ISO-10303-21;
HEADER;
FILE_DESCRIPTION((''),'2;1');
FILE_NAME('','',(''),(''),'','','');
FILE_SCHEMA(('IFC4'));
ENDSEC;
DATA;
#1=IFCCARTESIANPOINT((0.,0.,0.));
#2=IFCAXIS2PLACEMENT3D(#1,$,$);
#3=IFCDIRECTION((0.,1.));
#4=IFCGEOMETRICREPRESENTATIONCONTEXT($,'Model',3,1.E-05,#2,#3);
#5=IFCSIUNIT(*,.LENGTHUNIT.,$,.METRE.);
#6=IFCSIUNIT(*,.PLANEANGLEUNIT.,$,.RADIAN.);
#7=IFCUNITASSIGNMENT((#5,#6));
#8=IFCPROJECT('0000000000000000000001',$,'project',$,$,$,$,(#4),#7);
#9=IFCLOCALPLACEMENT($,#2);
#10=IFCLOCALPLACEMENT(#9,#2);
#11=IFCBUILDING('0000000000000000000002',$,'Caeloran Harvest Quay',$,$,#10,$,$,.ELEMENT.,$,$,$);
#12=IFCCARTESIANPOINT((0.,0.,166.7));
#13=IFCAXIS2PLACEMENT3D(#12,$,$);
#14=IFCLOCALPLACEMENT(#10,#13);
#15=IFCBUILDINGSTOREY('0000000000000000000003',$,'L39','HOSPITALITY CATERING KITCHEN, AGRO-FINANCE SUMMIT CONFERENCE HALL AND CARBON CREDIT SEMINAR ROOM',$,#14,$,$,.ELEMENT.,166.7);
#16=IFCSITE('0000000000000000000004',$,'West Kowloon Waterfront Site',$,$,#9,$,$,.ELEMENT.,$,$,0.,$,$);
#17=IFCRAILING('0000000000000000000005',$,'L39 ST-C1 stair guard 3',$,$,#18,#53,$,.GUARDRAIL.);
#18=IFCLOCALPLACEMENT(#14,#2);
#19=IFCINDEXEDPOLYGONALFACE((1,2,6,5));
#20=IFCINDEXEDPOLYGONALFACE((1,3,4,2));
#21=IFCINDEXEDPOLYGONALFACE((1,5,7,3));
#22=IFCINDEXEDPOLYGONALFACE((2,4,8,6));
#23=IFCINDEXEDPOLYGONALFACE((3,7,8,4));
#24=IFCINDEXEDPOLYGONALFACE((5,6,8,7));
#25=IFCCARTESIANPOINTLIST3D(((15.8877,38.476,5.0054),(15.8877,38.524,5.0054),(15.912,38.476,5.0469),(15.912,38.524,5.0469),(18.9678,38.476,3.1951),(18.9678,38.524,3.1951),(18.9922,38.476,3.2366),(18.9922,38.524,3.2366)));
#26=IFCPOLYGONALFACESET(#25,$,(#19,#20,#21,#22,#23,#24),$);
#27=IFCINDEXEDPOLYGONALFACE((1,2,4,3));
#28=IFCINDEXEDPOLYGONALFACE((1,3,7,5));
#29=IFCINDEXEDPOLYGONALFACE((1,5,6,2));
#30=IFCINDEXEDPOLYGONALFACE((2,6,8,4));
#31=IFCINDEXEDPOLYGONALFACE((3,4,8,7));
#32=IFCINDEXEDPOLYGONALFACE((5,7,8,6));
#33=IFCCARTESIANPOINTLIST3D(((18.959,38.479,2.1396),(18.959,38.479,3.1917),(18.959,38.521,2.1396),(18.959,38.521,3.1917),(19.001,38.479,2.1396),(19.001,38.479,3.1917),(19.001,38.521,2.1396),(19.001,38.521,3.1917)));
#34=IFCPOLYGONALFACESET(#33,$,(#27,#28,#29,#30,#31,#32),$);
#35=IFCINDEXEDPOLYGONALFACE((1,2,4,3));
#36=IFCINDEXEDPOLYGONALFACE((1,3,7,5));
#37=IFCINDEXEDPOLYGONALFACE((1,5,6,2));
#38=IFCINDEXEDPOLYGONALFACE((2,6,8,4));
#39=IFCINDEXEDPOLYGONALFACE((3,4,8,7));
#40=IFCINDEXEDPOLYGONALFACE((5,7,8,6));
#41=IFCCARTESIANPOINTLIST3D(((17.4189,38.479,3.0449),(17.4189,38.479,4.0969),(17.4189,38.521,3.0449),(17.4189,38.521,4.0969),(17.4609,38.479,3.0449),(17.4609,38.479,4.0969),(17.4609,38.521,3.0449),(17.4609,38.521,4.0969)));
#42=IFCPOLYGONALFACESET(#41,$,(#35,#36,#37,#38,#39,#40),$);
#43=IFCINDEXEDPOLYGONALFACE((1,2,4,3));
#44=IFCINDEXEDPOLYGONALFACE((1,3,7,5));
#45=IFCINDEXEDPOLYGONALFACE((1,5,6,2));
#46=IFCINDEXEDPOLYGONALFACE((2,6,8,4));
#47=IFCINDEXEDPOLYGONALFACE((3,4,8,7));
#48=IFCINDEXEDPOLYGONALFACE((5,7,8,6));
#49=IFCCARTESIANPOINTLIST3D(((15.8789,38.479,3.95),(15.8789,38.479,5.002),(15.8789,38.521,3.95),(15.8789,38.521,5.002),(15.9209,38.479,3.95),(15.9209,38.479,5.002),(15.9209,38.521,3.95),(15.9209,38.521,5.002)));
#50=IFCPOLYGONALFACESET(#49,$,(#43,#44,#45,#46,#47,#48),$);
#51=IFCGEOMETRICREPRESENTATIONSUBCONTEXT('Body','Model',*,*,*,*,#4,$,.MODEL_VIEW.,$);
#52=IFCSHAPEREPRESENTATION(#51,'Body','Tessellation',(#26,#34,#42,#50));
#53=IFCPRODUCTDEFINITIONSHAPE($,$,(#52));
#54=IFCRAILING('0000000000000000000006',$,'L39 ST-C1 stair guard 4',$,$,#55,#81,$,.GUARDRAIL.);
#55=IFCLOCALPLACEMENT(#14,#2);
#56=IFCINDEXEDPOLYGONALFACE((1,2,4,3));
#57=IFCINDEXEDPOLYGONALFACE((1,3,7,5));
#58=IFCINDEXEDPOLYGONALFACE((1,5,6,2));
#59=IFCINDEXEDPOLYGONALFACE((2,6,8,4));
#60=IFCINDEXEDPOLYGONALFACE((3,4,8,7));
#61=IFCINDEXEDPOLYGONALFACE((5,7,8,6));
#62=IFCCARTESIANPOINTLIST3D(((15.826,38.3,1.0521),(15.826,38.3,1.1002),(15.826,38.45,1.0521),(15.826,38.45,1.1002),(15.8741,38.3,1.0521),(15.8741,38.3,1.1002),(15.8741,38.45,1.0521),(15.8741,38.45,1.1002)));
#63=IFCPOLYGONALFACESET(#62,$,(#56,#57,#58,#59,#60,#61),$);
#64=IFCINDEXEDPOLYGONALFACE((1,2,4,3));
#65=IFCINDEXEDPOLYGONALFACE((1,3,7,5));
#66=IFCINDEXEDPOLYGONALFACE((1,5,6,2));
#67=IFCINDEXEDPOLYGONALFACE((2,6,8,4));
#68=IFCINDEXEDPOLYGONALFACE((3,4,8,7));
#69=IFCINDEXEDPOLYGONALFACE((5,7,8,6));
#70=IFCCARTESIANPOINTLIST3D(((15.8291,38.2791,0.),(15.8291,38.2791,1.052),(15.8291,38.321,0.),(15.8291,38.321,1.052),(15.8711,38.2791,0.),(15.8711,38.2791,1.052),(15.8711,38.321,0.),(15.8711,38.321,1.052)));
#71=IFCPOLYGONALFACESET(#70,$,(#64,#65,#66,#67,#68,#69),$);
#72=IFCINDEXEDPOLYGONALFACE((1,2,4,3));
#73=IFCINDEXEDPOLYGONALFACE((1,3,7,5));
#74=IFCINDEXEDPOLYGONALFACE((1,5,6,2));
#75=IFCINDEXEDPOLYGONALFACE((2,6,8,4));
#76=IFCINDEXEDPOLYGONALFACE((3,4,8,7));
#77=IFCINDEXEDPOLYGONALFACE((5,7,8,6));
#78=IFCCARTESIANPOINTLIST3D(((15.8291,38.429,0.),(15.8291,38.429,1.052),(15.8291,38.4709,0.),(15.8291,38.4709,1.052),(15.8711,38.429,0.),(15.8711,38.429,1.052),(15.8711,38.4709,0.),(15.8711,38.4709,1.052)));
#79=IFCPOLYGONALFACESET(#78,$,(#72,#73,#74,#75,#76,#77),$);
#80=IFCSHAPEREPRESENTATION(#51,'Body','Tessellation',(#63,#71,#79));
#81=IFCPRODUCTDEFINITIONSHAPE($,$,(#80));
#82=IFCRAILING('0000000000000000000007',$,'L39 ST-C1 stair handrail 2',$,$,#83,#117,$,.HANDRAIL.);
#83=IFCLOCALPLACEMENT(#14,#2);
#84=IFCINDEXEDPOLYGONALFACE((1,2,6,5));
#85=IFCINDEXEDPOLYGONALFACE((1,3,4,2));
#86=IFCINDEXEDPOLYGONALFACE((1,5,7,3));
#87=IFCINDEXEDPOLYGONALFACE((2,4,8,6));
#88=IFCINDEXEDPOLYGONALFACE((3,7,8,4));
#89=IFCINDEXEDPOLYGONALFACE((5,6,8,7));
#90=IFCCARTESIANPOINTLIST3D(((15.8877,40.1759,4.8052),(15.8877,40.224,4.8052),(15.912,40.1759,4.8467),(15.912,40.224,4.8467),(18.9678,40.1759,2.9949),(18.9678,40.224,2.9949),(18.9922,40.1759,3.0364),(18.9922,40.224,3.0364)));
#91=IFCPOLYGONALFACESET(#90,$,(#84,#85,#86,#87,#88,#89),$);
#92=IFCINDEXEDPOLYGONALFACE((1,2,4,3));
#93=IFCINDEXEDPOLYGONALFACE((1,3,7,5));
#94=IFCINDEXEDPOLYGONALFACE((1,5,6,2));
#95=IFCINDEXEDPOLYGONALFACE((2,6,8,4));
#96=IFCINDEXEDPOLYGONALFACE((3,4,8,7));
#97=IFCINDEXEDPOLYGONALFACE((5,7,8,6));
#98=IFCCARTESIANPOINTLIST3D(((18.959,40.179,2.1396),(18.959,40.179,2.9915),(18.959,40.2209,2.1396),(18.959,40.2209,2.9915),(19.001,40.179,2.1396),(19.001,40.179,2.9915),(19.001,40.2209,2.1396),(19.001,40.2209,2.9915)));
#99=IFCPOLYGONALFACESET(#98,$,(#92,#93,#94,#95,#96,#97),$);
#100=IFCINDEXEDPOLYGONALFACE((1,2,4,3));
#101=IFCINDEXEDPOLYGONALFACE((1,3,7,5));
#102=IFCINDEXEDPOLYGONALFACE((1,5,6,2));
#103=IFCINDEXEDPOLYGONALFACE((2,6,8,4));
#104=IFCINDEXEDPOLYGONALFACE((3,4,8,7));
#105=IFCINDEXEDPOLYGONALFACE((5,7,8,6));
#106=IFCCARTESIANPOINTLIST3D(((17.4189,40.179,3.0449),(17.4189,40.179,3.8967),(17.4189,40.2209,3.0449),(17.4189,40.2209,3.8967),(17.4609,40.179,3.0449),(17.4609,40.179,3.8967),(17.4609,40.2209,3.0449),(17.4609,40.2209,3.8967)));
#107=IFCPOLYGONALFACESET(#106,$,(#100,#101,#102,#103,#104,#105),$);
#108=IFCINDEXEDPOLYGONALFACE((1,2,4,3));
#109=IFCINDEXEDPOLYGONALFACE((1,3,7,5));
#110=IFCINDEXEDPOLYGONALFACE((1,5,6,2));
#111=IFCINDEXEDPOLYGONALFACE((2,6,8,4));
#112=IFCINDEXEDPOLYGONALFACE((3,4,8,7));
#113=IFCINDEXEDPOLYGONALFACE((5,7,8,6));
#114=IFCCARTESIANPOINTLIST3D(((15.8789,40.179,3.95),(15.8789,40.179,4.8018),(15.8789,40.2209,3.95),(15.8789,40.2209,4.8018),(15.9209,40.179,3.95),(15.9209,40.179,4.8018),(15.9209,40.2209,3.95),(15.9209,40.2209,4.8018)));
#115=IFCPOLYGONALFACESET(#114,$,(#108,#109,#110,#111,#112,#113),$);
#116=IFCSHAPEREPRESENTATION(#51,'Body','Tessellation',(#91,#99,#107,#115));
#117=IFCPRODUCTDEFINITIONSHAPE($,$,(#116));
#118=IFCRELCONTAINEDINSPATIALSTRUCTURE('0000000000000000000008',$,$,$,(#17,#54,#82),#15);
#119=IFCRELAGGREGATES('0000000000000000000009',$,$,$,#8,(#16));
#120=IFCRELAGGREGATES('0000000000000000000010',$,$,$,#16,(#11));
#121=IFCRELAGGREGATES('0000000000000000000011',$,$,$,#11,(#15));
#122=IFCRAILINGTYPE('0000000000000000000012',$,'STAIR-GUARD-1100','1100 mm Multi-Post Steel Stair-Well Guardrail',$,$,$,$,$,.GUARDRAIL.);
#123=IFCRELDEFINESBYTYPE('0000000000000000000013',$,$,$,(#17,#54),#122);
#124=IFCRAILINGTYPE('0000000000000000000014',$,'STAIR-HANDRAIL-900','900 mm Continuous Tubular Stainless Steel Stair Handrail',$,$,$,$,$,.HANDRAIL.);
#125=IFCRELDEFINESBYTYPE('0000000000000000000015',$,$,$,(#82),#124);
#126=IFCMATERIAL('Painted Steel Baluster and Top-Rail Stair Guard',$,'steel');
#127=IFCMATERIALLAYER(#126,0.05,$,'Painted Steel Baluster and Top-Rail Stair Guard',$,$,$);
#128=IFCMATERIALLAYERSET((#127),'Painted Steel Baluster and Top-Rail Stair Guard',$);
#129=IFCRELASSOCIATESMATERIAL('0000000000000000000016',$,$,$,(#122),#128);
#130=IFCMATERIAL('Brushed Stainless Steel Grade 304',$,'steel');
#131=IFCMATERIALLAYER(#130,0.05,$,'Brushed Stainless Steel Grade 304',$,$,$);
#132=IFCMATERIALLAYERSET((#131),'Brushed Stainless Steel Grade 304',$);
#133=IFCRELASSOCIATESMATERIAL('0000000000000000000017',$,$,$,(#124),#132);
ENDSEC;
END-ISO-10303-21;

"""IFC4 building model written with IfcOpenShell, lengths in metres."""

from ifc_helpers import new_model, si_unit, direction, frame, origin, origin_2d, place, context, subcontext, project, spatial, rectangle, extrude, material, layer, layer_set, type_object, element, save


model = new_model("IFC4")

# Units and contexts
model_context = context("Model", 3, precision=1e-05, world=origin(), true_north=direction((0.0, 1.0)))
body_context = subcontext(model_context, "Body", "Model", "MODEL_VIEW")
ifc_project = project(units=[si_unit("LENGTHUNIT", "METRE"), si_unit("PLANEANGLEUNIT", "RADIAN")], contexts=[model_context])

# Site, building, storey
site_placement = place(None, origin())
site = spatial("IfcSite", under=ifc_project, at=site_placement, Name="West Kowloon Waterfront Site", CompositionType="ELEMENT", RefElevation=0.0)
building_placement = place(site_placement, origin())
building = spatial("IfcBuilding", under=site, at=building_placement, Name="Caeloran Harvest Quay", CompositionType="ELEMENT")
storey_placement = place(building_placement, frame((0.0, 0.0, 166.7)))
storey = spatial("IfcBuildingStorey", under=building, at=storey_placement, Name="L39", Description="HOSPITALITY CATERING KITCHEN, AGRO-FINANCE SUMMIT CONFERENCE HALL AND CARBON CREDIT SEMINAR ROOM", CompositionType="ELEMENT", Elevation=166.7)

# Railings
ifc_material_1 = material(Name="Painted Steel Baluster and Top-Rail Stair Guard", Category="steel")
ifc_layer_1 = layer(ifc_material_1, 0.05, Name="Painted Steel Baluster and Top-Rail Stair Guard")
ifc_layer_set_1 = layer_set([ifc_layer_1], Name="Painted Steel Baluster and Top-Rail Stair Guard")
railing_type_1 = type_object("IfcRailingType", Name="STAIR-GUARD-1100", Description="1100 mm Multi-Post Steel Stair-Well Guardrail", PredefinedType="GUARDRAIL", material=ifc_layer_set_1)
railing_1_placement = place(storey_placement, frame((18.98, 38.5, 2.1396)))
element("IfcRailing", 1, at=railing_1_placement, inside=storey, type_object=railing_type_1, Name="L39 ST-C1 stair guard 3", PredefinedType="GUARDRAIL", context=body_context, shape_type="SweptSolid", body=[
    extrude(rectangle(XDim=0.0481, YDim=0.0481, at=origin_2d()), frame((0.0, 0.0, 1.0762), z_axis=(-0.862119, 0.0, 0.506707), x_axis=(0.0, -1.0, 0.0)), (0.0, 0.0, 1.0), 3.5728),
    extrude(rectangle(XDim=0.042, YDim=0.042, at=origin_2d()), origin(), (0.0, 0.0, 1.0), 1.052),
    extrude(rectangle(XDim=0.042, YDim=0.042, at=origin_2d()), frame((-1.54, 0.0, 0.9053)), (0.0, 0.0, 1.0), 1.052),
    extrude(rectangle(XDim=0.042, YDim=0.042, at=origin_2d()), frame((-3.0801, 0.0, 1.8103)), (0.0, 0.0, 1.0), 1.052),
])
railing_2_placement = place(storey_placement, frame((15.8501, 38.3, 0.0)))
element("IfcRailing", 2, at=railing_2_placement, inside=storey, type_object=railing_type_1, Name="L39 ST-C1 stair guard 4", PredefinedType="GUARDRAIL", context=body_context, shape_type="SweptSolid", body=[
    extrude(rectangle(XDim=0.0481, YDim=0.0481, at=origin_2d()), frame((0.0, 0.0, 1.0762), z_axis=(0.0, 1.0, 0.0), x_axis=(-1.0, 0.0, 0.0)), (0.0, 0.0, 1.0), 0.1499),
    extrude(rectangle(XDim=0.042, YDim=0.042, at=origin_2d()), origin(), (0.0, 0.0, 1.0), 1.052),
    extrude(rectangle(XDim=0.042, YDim=0.042, at=origin_2d()), frame((0.0, 0.1499, 0.0)), (0.0, 0.0, 1.0), 1.052),
])
ifc_material_2 = material(Name="Brushed Stainless Steel Grade 304", Category="steel")
ifc_layer_2 = layer(ifc_material_2, 0.05, Name="Brushed Stainless Steel Grade 304")
ifc_layer_set_2 = layer_set([ifc_layer_2], Name="Brushed Stainless Steel Grade 304")
railing_type_2 = type_object("IfcRailingType", Name="STAIR-HANDRAIL-900", Description="900 mm Continuous Tubular Stainless Steel Stair Handrail", PredefinedType="HANDRAIL", material=ifc_layer_set_2)
railing_3_placement = place(storey_placement, frame((18.98, 40.2, 2.1396)))
element("IfcRailing", 3, at=railing_3_placement, inside=storey, type_object=railing_type_2, Name="L39 ST-C1 stair handrail 2", PredefinedType="HANDRAIL", context=body_context, shape_type="SweptSolid", body=[
    extrude(rectangle(XDim=0.0481, YDim=0.0481, at=origin_2d()), frame((0.0, 0.0, 0.876), z_axis=(-0.862119, 0.0, 0.506707), x_axis=(0.0, -1.0, 0.0)), (0.0, 0.0, 1.0), 3.5728),
    extrude(rectangle(XDim=0.042, YDim=0.042, at=origin_2d()), origin(), (0.0, 0.0, 1.0), 0.8518),
    extrude(rectangle(XDim=0.042, YDim=0.042, at=origin_2d()), frame((-1.54, 0.0, 0.9053)), (0.0, 0.0, 1.0), 0.8518),
    extrude(rectangle(XDim=0.042, YDim=0.042, at=origin_2d()), frame((-3.0801, 0.0, 1.8103)), (0.0, 0.0, 1.0), 0.8518),
])

save(model, "model.ifc")
